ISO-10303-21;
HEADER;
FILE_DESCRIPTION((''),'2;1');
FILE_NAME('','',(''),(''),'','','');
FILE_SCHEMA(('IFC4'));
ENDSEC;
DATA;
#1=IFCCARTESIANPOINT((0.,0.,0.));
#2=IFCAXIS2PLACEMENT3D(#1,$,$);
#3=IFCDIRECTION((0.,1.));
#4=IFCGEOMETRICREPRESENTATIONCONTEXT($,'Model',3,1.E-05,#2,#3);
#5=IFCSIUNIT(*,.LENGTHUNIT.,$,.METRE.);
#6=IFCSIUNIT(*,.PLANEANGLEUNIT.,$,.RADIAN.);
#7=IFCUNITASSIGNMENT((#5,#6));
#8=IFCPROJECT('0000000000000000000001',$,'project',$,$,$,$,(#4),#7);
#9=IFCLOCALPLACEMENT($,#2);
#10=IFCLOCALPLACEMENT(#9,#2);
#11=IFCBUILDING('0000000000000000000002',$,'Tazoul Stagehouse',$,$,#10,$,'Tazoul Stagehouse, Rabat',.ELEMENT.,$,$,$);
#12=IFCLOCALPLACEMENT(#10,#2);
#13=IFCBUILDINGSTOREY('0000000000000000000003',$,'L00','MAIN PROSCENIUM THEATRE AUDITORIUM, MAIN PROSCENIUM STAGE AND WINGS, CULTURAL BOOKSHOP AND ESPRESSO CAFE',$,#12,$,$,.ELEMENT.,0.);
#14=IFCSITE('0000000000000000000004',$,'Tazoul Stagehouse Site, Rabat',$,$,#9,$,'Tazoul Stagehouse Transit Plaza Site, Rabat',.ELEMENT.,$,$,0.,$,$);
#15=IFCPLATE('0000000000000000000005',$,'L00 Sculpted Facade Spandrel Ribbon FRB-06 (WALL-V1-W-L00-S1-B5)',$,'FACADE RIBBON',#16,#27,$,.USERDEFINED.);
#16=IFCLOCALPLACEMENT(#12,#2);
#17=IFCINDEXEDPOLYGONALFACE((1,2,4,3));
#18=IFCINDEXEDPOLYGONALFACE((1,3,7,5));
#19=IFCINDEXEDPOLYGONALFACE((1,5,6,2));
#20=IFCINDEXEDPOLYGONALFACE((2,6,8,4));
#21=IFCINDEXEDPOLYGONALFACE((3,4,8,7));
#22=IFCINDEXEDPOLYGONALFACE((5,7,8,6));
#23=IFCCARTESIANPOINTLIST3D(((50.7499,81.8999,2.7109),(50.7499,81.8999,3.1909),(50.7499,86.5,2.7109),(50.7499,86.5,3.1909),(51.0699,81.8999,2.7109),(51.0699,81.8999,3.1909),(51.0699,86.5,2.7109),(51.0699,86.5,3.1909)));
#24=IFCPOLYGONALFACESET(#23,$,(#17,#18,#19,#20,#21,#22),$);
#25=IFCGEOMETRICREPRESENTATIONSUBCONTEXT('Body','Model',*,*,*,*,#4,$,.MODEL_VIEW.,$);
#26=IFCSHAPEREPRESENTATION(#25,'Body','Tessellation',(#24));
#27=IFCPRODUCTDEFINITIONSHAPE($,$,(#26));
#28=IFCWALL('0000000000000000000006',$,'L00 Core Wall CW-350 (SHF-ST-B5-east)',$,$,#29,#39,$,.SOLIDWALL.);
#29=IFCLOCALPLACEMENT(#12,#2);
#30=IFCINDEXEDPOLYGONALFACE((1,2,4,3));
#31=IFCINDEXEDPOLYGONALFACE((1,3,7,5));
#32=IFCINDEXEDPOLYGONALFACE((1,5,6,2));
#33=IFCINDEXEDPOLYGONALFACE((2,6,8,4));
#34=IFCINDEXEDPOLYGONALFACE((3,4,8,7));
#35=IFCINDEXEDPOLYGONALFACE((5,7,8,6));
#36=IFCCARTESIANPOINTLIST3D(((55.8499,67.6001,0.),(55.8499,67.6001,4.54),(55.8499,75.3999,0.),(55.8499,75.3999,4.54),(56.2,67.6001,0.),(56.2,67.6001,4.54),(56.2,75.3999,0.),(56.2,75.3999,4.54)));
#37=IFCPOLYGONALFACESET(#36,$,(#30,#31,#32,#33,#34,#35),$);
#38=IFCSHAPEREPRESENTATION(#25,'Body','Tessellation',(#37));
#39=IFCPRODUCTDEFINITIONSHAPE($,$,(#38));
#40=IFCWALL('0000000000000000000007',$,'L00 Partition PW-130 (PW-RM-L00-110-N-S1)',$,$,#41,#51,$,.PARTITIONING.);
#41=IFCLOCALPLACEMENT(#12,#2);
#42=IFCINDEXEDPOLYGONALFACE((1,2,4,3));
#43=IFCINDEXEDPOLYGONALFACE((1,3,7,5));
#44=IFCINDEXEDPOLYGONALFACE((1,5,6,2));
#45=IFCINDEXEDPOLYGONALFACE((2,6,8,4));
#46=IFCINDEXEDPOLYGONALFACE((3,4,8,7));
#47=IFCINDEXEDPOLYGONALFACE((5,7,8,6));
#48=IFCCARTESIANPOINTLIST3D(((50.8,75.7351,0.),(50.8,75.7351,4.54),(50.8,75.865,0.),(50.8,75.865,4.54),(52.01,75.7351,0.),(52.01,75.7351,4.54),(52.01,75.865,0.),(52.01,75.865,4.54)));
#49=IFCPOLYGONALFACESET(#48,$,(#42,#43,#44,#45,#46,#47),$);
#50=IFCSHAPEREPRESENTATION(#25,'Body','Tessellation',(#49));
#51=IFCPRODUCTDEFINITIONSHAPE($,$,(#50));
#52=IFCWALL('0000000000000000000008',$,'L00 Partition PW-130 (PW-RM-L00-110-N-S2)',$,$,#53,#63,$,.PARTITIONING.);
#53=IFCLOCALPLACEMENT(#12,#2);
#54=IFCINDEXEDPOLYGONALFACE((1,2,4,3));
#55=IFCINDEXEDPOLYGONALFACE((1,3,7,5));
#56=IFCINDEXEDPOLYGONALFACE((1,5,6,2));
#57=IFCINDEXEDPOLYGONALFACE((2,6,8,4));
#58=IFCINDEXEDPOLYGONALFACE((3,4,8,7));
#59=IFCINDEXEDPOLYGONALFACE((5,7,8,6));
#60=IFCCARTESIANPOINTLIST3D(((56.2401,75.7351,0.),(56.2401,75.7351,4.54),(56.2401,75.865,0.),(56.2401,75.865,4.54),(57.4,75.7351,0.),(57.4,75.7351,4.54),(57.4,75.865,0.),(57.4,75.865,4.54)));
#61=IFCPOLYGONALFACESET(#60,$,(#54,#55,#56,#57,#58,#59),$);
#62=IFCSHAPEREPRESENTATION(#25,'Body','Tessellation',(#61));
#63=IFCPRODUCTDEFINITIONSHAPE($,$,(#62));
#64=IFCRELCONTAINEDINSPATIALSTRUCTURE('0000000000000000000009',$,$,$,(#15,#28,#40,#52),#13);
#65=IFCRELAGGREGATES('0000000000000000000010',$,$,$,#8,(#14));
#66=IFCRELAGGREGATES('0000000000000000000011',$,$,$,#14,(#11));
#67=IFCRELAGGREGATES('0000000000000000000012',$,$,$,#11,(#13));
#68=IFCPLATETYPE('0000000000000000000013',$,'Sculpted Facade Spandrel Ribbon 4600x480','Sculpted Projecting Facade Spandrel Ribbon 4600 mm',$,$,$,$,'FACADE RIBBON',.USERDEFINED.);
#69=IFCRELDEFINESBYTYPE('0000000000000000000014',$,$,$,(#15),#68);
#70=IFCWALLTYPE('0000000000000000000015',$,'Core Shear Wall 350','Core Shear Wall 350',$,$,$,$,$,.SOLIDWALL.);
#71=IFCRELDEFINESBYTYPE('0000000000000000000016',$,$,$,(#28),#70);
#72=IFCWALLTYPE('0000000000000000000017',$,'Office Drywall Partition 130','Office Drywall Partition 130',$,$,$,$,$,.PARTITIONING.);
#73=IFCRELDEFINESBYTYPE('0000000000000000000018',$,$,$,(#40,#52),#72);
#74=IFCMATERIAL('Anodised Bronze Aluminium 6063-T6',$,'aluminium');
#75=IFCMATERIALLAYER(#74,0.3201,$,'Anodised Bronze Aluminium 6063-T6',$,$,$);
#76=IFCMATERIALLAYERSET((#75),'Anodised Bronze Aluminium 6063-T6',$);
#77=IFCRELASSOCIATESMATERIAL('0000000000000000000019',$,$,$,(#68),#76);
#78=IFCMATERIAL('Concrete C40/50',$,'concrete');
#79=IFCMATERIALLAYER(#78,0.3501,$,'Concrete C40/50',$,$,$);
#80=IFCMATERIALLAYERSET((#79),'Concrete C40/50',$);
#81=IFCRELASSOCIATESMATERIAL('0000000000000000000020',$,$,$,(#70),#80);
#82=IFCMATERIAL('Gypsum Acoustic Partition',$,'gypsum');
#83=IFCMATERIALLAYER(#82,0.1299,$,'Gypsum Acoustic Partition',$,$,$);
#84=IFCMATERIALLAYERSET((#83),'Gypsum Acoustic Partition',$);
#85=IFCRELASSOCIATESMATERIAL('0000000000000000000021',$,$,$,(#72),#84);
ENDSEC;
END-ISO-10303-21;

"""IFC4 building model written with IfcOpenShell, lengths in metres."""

from ifc_helpers import new_model, si_unit, direction, frame, frame_2d, origin, origin_2d, place, context, subcontext, project, spatial, rectangle, extrude, material, layer, layer_set, type_object, element, save


model = new_model("IFC4")

# Units and contexts
model_context = context("Model", 3, precision=1e-05, world=origin(), true_north=direction((0.0, 1.0)))
body_context = subcontext(model_context, "Body", "Model", "MODEL_VIEW")
ifc_project = project(units=[si_unit("LENGTHUNIT", "METRE"), si_unit("PLANEANGLEUNIT", "RADIAN")], contexts=[model_context])

# Site, building, storey
site_placement = place(None, origin())
site = spatial("IfcSite", under=ifc_project, at=site_placement, Name="Tazoul Stagehouse Site, Rabat", LongName="Tazoul Stagehouse Transit Plaza Site, Rabat", CompositionType="ELEMENT", RefElevation=0.0)
building_placement = place(site_placement, origin())
building = spatial("IfcBuilding", under=site, at=building_placement, Name="Tazoul Stagehouse", LongName="Tazoul Stagehouse, Rabat", CompositionType="ELEMENT")
storey_placement = place(building_placement, origin())
storey = spatial("IfcBuildingStorey", under=building, at=storey_placement, Name="L00", Description="MAIN PROSCENIUM THEATRE AUDITORIUM, MAIN PROSCENIUM STAGE AND WINGS, CULTURAL BOOKSHOP AND ESPRESSO CAFE", CompositionType="ELEMENT", Elevation=0.0)

# Shared definitions
ifc_material_1 = material(Name="Concrete C40/50", Category="concrete")

# Plate
ifc_material_2 = material(Name="Anodised Bronze Aluminium 6063-T6", Category="aluminium")
ifc_layer_1 = layer(ifc_material_2, 0.3201, Name="Anodised Bronze Aluminium 6063-T6")
ifc_layer_set_1 = layer_set([ifc_layer_1], Name="Anodised Bronze Aluminium 6063-T6")
plate_type_1 = type_object("IfcPlateType", Name="Sculpted Facade Spandrel Ribbon 4600x480", Description="Sculpted Projecting Facade Spandrel Ribbon 4600 mm", ElementType="FACADE RIBBON", PredefinedType="USERDEFINED", material=ifc_layer_set_1)
plate_placement = place(storey_placement, frame((50.9099, 84.2, 2.7109), z_axis=(0.0, 0.0, 1.0), x_axis=(0.0, 1.0, 0.0)))
element("IfcPlate", 1, at=plate_placement, inside=storey, type_object=plate_type_1, Name="L00 Sculpted Facade Spandrel Ribbon FRB-06 (WALL-V1-W-L00-S1-B5)", ObjectType="FACADE RIBBON", PredefinedType="USERDEFINED", context=body_context, shape_type="SweptSolid", body=[
    extrude(rectangle(XDim=4.6001, YDim=0.3201, at=origin_2d()), origin(), (0.0, 0.0, 1.0), 0.48),
])

# Shared definitions
ifc_layer_2 = layer(ifc_material_1, 0.3501, Name="Concrete C40/50")
ifc_layer_set_2 = layer_set([ifc_layer_2], Name="Concrete C40/50")
wall_type_1 = type_object("IfcWallType", Name="Core Shear Wall 350", Description="Core Shear Wall 350", PredefinedType="SOLIDWALL", material=ifc_layer_set_2)

# Walls
wall_1_placement = place(storey_placement, frame((56.0249, 75.3999, 0.0), z_axis=(0.0, 0.0, 1.0), x_axis=(0.0, -1.0, 0.0)))
element("IfcWall", 2, at=wall_1_placement, inside=storey, type_object=wall_type_1, Name="L00 Core Wall CW-350 (SHF-ST-B5-east)", PredefinedType="SOLIDWALL", context=body_context, shape_type="SweptSolid", body=[
    extrude(rectangle(XDim=7.7998, YDim=0.3501, at=frame_2d((3.8999, 0.0))), origin(), (0.0, 0.0, 1.0), 4.54),
])
ifc_material_3 = material(Name="Gypsum Acoustic Partition", Category="gypsum")
ifc_layer_3 = layer(ifc_material_3, 0.1299, Name="Gypsum Acoustic Partition")
ifc_layer_set_3 = layer_set([ifc_layer_3], Name="Gypsum Acoustic Partition")
wall_type_2 = type_object("IfcWallType", Name="Office Drywall Partition 130", Description="Office Drywall Partition 130", PredefinedType="PARTITIONING", material=ifc_layer_set_3)
wall_2_placement = place(storey_placement, frame((50.8, 75.8, 0.0), z_axis=(0.0, 0.0, 1.0), x_axis=(1.0, 0.0, 0.0)))
element("IfcWall", 3, at=wall_2_placement, inside=storey, type_object=wall_type_2, Name="L00 Partition PW-130 (PW-RM-L00-110-N-S1)", PredefinedType="PARTITIONING", context=body_context, shape_type="SweptSolid", body=[
    extrude(rectangle(XDim=1.21, YDim=0.1299, at=frame_2d((0.605, 0.0))), origin(), (0.0, 0.0, 1.0), 4.54),
])
wall_3_placement = place(storey_placement, frame((56.24, 75.8, 0.0), z_axis=(0.0, 0.0, 1.0), x_axis=(1.0, 0.0, 0.0)))
element("IfcWall", 4, at=wall_3_placement, inside=storey, type_object=wall_type_2, Name="L00 Partition PW-130 (PW-RM-L00-110-N-S2)", PredefinedType="PARTITIONING", context=body_context, shape_type="SweptSolid", body=[
    extrude(rectangle(XDim=1.1599, YDim=0.1299, at=frame_2d((0.5801, 0.0))), origin(), (0.0, 0.0, 1.0), 4.54),
])

save(model, "model.ifc")
